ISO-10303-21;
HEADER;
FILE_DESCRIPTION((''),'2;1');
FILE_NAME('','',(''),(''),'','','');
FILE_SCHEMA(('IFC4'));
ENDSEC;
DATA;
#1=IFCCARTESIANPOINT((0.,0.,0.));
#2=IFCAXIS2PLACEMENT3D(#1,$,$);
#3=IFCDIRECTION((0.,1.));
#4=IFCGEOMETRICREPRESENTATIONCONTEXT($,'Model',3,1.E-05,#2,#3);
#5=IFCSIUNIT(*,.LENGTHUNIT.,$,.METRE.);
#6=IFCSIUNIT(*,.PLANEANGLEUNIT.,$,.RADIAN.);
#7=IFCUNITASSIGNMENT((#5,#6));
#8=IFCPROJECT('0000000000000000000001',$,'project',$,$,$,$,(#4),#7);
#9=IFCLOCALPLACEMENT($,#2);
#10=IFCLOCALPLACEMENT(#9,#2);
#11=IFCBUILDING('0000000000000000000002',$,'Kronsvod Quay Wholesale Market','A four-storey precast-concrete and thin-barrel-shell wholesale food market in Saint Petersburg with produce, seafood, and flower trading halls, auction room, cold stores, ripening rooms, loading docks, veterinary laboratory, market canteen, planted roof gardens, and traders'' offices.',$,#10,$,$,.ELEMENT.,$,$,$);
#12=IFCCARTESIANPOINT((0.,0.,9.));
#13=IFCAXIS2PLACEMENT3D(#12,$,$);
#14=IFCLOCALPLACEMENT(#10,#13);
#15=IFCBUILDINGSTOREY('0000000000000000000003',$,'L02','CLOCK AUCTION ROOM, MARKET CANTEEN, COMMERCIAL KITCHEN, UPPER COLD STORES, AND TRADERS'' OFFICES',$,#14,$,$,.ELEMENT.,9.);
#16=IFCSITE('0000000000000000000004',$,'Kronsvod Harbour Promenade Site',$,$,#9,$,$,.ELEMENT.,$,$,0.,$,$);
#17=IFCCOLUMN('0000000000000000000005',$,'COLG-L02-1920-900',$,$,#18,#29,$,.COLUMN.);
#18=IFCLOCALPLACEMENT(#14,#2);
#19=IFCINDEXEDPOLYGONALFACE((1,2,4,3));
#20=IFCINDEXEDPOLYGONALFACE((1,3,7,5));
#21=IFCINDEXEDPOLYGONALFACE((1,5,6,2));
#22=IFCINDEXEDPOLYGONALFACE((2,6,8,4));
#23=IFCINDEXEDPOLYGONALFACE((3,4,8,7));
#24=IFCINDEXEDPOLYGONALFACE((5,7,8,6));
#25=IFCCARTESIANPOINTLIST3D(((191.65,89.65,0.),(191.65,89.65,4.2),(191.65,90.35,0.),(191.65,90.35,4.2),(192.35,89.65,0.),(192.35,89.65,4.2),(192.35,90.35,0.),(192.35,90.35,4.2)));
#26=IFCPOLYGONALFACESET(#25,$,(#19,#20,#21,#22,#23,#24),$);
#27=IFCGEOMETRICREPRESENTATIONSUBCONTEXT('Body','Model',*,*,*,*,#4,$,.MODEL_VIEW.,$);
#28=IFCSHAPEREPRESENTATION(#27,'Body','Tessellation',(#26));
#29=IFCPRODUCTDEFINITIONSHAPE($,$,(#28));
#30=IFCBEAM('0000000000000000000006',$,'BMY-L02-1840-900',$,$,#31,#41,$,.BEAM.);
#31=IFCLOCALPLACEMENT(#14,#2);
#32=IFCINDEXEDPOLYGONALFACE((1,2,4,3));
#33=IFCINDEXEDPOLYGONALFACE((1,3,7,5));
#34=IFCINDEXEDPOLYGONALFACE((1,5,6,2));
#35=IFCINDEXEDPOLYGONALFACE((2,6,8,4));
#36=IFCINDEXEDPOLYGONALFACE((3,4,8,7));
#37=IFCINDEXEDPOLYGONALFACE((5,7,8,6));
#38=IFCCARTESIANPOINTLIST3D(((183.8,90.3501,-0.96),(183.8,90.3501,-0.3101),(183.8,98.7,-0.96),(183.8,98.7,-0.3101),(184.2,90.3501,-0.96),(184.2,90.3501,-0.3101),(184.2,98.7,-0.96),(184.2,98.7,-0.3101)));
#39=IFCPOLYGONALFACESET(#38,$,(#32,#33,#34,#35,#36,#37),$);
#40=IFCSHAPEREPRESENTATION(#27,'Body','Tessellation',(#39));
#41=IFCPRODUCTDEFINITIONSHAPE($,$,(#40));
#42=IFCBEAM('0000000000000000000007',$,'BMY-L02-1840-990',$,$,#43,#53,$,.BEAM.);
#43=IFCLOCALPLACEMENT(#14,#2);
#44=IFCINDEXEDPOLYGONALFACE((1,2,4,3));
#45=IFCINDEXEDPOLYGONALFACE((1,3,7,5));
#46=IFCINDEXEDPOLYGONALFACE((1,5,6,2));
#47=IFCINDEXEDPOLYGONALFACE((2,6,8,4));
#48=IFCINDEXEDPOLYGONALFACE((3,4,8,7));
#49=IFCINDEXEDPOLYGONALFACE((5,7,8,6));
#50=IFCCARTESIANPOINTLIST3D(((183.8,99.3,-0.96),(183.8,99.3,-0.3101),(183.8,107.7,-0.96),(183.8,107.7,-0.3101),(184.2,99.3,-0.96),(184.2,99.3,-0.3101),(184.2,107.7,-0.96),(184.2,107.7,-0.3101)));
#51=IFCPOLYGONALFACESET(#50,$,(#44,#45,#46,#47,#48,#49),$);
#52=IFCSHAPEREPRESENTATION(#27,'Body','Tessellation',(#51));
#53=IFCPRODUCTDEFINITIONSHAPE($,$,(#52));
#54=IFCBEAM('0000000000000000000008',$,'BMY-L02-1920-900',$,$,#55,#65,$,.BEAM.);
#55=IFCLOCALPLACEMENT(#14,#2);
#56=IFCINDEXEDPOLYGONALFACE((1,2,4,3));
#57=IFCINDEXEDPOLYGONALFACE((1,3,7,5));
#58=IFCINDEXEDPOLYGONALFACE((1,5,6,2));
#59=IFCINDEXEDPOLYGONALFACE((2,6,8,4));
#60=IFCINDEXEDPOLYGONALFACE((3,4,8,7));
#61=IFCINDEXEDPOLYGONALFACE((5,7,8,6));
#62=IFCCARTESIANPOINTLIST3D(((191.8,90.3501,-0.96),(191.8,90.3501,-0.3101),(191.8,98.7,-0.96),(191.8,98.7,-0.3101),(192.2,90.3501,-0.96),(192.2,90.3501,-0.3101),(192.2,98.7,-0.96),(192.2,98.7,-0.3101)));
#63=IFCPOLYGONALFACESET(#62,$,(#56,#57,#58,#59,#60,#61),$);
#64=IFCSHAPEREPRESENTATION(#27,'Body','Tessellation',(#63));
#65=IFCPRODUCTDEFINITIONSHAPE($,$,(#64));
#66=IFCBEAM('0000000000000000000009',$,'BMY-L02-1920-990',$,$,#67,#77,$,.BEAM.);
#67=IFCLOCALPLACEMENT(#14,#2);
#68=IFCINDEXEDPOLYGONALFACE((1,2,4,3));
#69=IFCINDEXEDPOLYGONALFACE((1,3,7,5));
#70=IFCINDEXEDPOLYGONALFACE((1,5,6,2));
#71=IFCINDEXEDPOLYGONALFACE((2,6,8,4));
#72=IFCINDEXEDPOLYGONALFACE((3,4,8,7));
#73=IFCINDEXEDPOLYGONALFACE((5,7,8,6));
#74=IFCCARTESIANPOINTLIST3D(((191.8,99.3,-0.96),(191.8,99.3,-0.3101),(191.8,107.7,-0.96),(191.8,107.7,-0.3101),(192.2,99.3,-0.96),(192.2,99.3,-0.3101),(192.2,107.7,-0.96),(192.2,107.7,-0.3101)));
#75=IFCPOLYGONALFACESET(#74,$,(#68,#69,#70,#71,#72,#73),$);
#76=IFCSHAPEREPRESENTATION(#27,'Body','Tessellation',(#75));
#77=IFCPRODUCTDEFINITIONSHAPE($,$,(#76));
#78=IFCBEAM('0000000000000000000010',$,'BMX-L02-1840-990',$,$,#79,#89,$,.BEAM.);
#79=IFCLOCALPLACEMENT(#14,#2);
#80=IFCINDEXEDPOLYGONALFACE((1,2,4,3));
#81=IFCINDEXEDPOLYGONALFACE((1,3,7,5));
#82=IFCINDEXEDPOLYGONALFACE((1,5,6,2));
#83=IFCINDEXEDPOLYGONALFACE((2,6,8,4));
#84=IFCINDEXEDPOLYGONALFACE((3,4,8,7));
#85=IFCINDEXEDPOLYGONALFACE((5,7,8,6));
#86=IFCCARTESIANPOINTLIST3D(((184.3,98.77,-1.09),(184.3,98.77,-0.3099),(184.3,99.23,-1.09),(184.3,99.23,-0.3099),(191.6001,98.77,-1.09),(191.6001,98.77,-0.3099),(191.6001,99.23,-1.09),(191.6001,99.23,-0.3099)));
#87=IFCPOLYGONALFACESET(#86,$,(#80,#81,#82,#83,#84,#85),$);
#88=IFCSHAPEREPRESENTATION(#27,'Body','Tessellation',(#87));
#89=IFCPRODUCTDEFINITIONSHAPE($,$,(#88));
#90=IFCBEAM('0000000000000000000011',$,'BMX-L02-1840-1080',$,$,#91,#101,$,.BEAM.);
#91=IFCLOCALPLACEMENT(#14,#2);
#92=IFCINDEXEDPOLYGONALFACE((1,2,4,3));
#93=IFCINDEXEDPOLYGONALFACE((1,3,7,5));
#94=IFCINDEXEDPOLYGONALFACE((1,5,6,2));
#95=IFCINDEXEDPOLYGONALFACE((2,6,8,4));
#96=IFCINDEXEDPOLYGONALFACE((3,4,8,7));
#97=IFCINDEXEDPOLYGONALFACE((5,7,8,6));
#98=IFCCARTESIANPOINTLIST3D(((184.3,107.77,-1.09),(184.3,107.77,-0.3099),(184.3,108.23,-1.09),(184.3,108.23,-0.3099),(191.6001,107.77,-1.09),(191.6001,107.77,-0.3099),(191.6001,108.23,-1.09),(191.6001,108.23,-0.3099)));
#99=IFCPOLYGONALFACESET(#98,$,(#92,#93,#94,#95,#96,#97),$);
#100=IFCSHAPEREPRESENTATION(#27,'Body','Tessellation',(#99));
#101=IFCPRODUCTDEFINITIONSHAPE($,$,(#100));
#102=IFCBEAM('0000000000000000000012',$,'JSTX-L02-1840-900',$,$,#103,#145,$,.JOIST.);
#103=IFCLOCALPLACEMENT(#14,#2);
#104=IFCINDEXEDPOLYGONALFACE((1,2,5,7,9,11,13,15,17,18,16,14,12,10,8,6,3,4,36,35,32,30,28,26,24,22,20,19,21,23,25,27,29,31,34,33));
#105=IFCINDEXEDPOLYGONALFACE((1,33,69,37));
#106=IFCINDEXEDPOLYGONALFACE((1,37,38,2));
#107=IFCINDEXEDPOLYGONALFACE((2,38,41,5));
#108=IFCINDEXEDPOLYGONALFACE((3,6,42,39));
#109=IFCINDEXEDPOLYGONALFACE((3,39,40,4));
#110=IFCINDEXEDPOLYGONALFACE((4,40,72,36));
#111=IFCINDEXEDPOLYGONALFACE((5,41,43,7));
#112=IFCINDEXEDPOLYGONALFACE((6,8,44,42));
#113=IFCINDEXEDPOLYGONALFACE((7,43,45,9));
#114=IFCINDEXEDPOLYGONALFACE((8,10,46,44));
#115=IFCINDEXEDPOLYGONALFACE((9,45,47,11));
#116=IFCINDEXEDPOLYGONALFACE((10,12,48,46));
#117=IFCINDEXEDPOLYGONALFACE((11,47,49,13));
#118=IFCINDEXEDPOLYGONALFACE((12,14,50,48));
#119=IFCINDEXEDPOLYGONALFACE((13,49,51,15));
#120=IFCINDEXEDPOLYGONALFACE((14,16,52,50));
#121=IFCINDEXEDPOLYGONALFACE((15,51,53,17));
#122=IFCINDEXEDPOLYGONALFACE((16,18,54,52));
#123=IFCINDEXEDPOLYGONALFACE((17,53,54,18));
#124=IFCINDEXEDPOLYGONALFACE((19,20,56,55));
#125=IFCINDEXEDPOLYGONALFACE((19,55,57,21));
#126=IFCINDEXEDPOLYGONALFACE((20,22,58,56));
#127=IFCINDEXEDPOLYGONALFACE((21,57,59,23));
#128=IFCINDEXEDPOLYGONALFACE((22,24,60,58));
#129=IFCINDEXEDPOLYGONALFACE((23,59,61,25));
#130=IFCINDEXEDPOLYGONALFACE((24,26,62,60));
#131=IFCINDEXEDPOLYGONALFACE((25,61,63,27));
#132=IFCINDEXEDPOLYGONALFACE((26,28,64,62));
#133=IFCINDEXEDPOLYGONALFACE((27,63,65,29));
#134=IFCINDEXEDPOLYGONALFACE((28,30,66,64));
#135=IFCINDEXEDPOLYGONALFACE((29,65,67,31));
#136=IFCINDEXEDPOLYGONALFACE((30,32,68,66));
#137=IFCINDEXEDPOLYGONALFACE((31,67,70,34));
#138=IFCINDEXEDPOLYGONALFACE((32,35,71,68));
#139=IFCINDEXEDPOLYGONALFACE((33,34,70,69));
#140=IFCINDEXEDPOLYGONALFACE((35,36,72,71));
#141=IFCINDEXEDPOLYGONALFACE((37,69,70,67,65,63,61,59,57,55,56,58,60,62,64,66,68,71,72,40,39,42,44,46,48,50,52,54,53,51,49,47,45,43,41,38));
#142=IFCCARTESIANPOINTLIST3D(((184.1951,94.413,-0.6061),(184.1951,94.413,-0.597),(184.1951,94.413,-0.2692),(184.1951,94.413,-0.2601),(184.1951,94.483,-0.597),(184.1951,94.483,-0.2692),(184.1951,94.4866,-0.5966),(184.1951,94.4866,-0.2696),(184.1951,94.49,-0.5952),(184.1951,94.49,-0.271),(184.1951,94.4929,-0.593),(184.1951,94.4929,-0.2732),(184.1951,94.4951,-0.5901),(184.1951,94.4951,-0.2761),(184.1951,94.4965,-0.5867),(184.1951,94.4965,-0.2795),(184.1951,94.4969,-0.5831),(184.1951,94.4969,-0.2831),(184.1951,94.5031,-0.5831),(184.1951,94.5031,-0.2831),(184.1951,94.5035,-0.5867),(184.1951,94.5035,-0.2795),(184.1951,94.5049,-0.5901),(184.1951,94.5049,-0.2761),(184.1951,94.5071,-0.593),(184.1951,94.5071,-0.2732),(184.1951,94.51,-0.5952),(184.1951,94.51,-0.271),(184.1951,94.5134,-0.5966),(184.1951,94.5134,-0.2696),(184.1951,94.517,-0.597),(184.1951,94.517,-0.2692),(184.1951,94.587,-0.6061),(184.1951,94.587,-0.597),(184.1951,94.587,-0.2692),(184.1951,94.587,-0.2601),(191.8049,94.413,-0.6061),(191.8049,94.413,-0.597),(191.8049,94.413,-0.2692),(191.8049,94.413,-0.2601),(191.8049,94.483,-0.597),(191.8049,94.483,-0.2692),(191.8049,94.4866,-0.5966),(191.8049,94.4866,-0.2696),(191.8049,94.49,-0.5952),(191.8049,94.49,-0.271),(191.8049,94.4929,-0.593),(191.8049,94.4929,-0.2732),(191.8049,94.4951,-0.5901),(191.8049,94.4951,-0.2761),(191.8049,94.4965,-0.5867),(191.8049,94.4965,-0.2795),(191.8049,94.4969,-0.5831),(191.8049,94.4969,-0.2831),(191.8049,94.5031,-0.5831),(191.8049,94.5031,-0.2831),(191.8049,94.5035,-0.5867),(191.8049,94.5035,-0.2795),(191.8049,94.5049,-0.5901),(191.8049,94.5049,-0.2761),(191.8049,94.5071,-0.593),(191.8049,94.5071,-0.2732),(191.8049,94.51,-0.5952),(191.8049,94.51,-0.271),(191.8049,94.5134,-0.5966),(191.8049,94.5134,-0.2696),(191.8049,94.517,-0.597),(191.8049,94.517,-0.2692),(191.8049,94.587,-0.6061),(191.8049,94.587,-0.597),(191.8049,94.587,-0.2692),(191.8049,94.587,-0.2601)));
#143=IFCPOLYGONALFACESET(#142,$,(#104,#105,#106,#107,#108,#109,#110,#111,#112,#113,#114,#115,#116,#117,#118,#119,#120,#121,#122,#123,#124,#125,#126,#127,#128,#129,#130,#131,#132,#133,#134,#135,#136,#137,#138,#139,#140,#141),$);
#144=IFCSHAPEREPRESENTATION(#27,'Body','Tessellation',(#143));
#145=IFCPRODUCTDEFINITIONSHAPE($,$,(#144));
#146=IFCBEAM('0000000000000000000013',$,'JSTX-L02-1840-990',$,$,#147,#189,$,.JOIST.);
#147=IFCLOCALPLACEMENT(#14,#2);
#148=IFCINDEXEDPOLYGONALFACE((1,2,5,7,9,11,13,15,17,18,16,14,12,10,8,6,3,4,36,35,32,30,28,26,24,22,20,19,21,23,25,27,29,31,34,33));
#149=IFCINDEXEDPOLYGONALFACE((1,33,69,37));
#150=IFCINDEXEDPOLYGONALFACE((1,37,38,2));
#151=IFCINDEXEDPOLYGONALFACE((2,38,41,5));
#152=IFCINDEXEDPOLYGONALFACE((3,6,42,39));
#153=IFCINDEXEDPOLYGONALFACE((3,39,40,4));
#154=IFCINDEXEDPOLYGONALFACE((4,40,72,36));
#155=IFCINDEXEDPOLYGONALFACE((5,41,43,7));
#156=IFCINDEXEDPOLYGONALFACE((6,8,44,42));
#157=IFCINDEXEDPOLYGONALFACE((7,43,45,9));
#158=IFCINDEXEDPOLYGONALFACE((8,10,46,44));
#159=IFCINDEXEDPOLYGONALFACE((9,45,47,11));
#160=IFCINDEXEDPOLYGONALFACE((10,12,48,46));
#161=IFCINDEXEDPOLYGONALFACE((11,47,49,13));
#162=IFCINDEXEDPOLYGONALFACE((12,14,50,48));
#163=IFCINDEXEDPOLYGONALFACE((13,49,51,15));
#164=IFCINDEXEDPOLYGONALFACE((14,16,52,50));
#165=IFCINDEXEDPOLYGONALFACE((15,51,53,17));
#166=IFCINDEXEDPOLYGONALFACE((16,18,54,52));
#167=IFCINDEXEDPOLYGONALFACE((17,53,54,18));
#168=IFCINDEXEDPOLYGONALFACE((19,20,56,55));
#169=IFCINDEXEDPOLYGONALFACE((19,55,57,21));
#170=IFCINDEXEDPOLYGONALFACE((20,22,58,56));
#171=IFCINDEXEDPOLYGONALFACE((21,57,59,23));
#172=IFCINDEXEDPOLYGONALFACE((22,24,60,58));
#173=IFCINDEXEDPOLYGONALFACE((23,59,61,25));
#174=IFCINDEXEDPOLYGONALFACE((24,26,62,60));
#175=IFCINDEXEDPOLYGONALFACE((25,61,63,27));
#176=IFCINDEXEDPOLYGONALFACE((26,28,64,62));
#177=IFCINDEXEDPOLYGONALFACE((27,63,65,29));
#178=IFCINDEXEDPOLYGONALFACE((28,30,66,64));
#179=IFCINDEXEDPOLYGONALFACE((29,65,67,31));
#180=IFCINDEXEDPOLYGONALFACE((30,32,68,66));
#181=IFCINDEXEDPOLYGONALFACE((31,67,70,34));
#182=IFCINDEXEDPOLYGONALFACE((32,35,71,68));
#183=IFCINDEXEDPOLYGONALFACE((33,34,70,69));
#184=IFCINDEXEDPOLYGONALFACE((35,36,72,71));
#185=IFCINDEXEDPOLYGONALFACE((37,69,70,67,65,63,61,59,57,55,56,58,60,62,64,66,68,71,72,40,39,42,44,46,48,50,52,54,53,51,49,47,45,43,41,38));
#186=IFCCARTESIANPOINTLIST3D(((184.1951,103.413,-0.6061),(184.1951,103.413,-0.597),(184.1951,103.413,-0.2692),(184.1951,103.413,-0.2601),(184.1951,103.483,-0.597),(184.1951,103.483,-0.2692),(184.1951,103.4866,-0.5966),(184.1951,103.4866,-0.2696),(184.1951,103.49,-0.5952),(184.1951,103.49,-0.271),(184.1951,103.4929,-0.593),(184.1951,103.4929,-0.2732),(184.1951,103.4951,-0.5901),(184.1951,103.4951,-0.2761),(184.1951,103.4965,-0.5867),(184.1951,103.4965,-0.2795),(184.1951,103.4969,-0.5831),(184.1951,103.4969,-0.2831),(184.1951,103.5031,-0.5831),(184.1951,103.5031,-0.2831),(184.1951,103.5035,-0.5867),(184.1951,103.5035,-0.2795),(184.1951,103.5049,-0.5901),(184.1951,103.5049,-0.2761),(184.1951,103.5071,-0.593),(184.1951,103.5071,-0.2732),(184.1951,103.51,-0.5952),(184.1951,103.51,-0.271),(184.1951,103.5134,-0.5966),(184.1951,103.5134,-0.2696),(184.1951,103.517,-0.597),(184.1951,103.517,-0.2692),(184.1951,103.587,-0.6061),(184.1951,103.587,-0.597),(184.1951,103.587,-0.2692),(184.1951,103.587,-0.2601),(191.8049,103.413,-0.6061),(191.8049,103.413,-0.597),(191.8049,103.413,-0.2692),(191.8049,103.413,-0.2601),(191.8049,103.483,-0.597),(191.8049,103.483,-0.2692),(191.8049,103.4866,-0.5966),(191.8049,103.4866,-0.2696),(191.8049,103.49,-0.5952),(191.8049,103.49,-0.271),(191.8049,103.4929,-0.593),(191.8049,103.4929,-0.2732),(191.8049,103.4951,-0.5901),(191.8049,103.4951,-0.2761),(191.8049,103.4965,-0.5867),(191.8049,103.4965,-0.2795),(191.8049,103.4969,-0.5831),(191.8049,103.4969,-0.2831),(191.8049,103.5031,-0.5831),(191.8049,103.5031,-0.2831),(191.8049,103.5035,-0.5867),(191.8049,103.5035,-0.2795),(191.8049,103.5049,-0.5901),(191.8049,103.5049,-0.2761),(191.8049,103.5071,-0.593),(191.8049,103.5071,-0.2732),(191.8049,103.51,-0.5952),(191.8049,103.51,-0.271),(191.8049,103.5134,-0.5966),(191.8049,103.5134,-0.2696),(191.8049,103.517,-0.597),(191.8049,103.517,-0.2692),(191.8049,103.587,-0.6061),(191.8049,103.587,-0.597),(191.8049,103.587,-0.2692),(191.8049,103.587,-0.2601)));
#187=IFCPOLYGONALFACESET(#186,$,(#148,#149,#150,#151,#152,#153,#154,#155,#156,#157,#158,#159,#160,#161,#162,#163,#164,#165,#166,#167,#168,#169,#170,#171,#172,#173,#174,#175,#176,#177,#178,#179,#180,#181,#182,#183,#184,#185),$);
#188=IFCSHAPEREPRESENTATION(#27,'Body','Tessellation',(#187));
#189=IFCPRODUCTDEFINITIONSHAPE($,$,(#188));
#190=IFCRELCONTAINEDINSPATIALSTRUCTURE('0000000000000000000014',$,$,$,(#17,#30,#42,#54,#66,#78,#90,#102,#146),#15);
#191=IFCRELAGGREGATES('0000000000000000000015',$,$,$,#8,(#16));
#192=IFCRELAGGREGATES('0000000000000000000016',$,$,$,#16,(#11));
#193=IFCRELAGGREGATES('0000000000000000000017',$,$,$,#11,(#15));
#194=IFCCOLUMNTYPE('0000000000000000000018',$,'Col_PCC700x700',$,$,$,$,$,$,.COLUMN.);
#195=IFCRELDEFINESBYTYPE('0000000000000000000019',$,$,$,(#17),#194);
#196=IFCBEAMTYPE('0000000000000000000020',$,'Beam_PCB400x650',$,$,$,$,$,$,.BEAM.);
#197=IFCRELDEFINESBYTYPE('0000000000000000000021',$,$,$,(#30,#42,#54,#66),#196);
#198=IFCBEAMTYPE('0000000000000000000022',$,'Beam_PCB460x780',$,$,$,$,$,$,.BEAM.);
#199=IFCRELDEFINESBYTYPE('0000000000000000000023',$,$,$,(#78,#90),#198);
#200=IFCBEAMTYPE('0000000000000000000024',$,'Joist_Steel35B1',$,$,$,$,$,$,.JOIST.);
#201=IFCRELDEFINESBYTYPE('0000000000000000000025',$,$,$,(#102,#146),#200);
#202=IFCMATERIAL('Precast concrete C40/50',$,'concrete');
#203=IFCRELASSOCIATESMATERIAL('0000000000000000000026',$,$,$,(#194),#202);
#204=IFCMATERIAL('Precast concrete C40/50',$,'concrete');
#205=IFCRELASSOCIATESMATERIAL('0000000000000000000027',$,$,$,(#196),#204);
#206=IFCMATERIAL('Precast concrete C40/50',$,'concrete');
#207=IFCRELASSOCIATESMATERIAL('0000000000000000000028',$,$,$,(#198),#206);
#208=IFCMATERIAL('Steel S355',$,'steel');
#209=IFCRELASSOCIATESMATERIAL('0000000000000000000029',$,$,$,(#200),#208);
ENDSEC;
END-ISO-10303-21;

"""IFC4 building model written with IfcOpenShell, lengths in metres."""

from ifc_helpers import new_model, si_unit, direction, frame, origin, origin_2d, place, context, subcontext, project, spatial, rectangle, i_section, extrude, material, material_profile, profile_set, type_object, element, save


model = new_model("IFC4")

# Units and contexts
model_context = context("Model", 3, precision=1e-05, world=origin(), true_north=direction((0.0, 1.0)))
body_context = subcontext(model_context, "Body", "Model", "MODEL_VIEW")
ifc_project = project(units=[si_unit("LENGTHUNIT", "METRE"), si_unit("PLANEANGLEUNIT", "RADIAN")], contexts=[model_context])

# Site, building, storey
site_placement = place(None, origin())
site = spatial("IfcSite", under=ifc_project, at=site_placement, Name="Kronsvod Harbour Promenade Site", CompositionType="ELEMENT", RefElevation=0.0)
building_placement = place(site_placement, origin())
building = spatial("IfcBuilding", under=site, at=building_placement, Name="Kronsvod Quay Wholesale Market", Description="A four-storey precast-concrete and thin-barrel-shell wholesale food market in Saint Petersburg with produce, seafood, and flower trading halls, auction room, cold stores, ripening rooms, loading docks, veterinary laboratory, market canteen, planted roof gardens, and traders' offices.", CompositionType="ELEMENT")
storey_placement = place(building_placement, frame((0.0, 0.0, 9.0)))
storey = spatial("IfcBuildingStorey", under=building, at=storey_placement, Name="L02", Description="CLOCK AUCTION ROOM, MARKET CANTEEN, COMMERCIAL KITCHEN, UPPER COLD STORES, AND TRADERS' OFFICES", CompositionType="ELEMENT", Elevation=9.0)

# Column
ifc_material_1 = material(Name="Precast concrete C40/50", Category="concrete")
ifc_material_profile_1 = material_profile(ifc_material_1, rectangle(XDim=0.7, YDim=0.7, at=origin_2d()), Name="PCC700x700")
ifc_profile_set_1 = profile_set([ifc_material_profile_1], Name="Precast concrete C40/50")
column_type = type_object("IfcColumnType", Name="Col_PCC700x700", PredefinedType="COLUMN", material=ifc_profile_set_1)
column_placement = place(storey_placement, frame((192.0, 90.0, 0.0), z_axis=(0.0, 0.0, 1.0), x_axis=(1.0, 0.0, 0.0)))
element("IfcColumn", 1, at=column_placement, inside=storey, type_object=column_type, Name="COLG-L02-1920-900", PredefinedType="COLUMN", context=body_context, shape_type="SweptSolid", body=[
    extrude(rectangle(XDim=0.7, YDim=0.7, at=origin_2d()), origin(), (0.0, 0.0, 1.0), 4.2),
])

# Beams
ifc_material_2 = material(Name="Precast concrete C40/50", Category="concrete")
ifc_material_profile_2 = material_profile(ifc_material_2, rectangle(XDim=0.3999, YDim=0.6499, at=origin_2d()), Name="PCB400x650")
ifc_profile_set_2 = profile_set([ifc_material_profile_2], Name="Precast concrete C40/50")
beam_type_1 = type_object("IfcBeamType", Name="Beam_PCB400x650", PredefinedType="BEAM", material=ifc_profile_set_2)
beam_1_placement = place(storey_placement, frame((184.0, 90.3501, -0.635), z_axis=(0.0, 1.0, 0.0), x_axis=(-1.0, 0.0, 0.0)))
element("IfcBeam", 2, at=beam_1_placement, inside=storey, type_object=beam_type_1, Name="BMY-L02-1840-900", PredefinedType="BEAM", context=body_context, shape_type="SweptSolid", body=[
    extrude(rectangle(XDim=0.3999, YDim=0.6499, at=origin_2d()), origin(), (0.0, 0.0, 1.0), 8.3499),
])
beam_2_placement = place(storey_placement, frame((184.0, 99.3, -0.635), z_axis=(0.0, 1.0, 0.0), x_axis=(-1.0, 0.0, 0.0)))
element("IfcBeam", 3, at=beam_2_placement, inside=storey, type_object=beam_type_1, Name="BMY-L02-1840-990", PredefinedType="BEAM", context=body_context, shape_type="SweptSolid", body=[
    extrude(rectangle(XDim=0.3999, YDim=0.6499, at=origin_2d()), origin(), (0.0, 0.0, 1.0), 8.3999),
])
beam_3_placement = place(storey_placement, frame((192.0, 90.3501, -0.635), z_axis=(0.0, 1.0, 0.0), x_axis=(-1.0, 0.0, 0.0)))
element("IfcBeam", 4, at=beam_3_placement, inside=storey, type_object=beam_type_1, Name="BMY-L02-1920-900", PredefinedType="BEAM", context=body_context, shape_type="SweptSolid", body=[
    extrude(rectangle(XDim=0.3999, YDim=0.6499, at=origin_2d()), origin(), (0.0, 0.0, 1.0), 8.3499),
])
beam_4_placement = place(storey_placement, frame((192.0, 99.3, -0.635), z_axis=(0.0, 1.0, 0.0), x_axis=(-1.0, 0.0, 0.0)))
element("IfcBeam", 5, at=beam_4_placement, inside=storey, type_object=beam_type_1, Name="BMY-L02-1920-990", PredefinedType="BEAM", context=body_context, shape_type="SweptSolid", body=[
    extrude(rectangle(XDim=0.3999, YDim=0.6499, at=origin_2d()), origin(), (0.0, 0.0, 1.0), 8.3999),
])
ifc_material_3 = material(Name="Precast concrete C40/50", Category="concrete")
ifc_material_profile_3 = material_profile(ifc_material_3, rectangle(XDim=0.46, YDim=0.78, at=origin_2d()), Name="PB-03")
ifc_profile_set_3 = profile_set([ifc_material_profile_3], Name="Precast concrete C40/50")
beam_type_2 = type_object("IfcBeamType", Name="Beam_PCB460x780", PredefinedType="BEAM", material=ifc_profile_set_3)
for number, where, z_axis, x_axis, name in (
    (6, (184.3, 99.0, -0.7), (1.0, 0.0, 0.0), (0.0, 1.0, 0.0), "BMX-L02-1840-990"),
    (7, (184.3, 108.0, -0.7), (1.0, 0.0, 0.0), (0.0, 1.0, 0.0), "BMX-L02-1840-1080"),
):
    element("IfcBeam", number, at=place(storey_placement, frame(where, z_axis=z_axis, x_axis=x_axis)), inside=storey, type_object=beam_type_2, Name=name, PredefinedType="BEAM", context=body_context, shape_type="SweptSolid", body=[
        extrude(rectangle(XDim=0.46, YDim=0.78, at=origin_2d()), origin(), (0.0, 0.0, 1.0), 7.3),
    ])
ifc_material_4 = material(Name="Steel S355", Category="steel")
ifc_material_profile_4 = material_profile(ifc_material_4, i_section(OverallWidth=0.1741, OverallDepth=0.3459, WebThickness=0.0061, FlangeThickness=0.009, FilletRadius=0.0139, at=origin_2d()), Name="35B1")
ifc_profile_set_4 = profile_set([ifc_material_profile_4], Name="Steel S355")
beam_type_3 = type_object("IfcBeamType", Name="Joist_Steel35B1", PredefinedType="JOIST", material=ifc_profile_set_4)
for number, where, z_axis, x_axis, name in (
    (8, (184.1951, 94.5, -0.4331), (1.0, 0.0, 0.0), (0.0, 1.0, 0.0), "JSTX-L02-1840-900"),
    (9, (184.1951, 103.5, -0.4331), (1.0, 0.0, 0.0), (0.0, 1.0, 0.0), "JSTX-L02-1840-990"),
):
    element("IfcBeam", number, at=place(storey_placement, frame(where, z_axis=z_axis, x_axis=x_axis)), inside=storey, type_object=beam_type_3, Name=name, PredefinedType="JOIST", context=body_context, shape_type="SweptSolid", body=[
        extrude(i_section(OverallWidth=0.1741, OverallDepth=0.3459, WebThickness=0.0061, FlangeThickness=0.009, FilletRadius=0.0139, at=origin_2d()), origin(), (0.0, 0.0, 1.0), 7.6099),
    ])

save(model, "model.ifc")
